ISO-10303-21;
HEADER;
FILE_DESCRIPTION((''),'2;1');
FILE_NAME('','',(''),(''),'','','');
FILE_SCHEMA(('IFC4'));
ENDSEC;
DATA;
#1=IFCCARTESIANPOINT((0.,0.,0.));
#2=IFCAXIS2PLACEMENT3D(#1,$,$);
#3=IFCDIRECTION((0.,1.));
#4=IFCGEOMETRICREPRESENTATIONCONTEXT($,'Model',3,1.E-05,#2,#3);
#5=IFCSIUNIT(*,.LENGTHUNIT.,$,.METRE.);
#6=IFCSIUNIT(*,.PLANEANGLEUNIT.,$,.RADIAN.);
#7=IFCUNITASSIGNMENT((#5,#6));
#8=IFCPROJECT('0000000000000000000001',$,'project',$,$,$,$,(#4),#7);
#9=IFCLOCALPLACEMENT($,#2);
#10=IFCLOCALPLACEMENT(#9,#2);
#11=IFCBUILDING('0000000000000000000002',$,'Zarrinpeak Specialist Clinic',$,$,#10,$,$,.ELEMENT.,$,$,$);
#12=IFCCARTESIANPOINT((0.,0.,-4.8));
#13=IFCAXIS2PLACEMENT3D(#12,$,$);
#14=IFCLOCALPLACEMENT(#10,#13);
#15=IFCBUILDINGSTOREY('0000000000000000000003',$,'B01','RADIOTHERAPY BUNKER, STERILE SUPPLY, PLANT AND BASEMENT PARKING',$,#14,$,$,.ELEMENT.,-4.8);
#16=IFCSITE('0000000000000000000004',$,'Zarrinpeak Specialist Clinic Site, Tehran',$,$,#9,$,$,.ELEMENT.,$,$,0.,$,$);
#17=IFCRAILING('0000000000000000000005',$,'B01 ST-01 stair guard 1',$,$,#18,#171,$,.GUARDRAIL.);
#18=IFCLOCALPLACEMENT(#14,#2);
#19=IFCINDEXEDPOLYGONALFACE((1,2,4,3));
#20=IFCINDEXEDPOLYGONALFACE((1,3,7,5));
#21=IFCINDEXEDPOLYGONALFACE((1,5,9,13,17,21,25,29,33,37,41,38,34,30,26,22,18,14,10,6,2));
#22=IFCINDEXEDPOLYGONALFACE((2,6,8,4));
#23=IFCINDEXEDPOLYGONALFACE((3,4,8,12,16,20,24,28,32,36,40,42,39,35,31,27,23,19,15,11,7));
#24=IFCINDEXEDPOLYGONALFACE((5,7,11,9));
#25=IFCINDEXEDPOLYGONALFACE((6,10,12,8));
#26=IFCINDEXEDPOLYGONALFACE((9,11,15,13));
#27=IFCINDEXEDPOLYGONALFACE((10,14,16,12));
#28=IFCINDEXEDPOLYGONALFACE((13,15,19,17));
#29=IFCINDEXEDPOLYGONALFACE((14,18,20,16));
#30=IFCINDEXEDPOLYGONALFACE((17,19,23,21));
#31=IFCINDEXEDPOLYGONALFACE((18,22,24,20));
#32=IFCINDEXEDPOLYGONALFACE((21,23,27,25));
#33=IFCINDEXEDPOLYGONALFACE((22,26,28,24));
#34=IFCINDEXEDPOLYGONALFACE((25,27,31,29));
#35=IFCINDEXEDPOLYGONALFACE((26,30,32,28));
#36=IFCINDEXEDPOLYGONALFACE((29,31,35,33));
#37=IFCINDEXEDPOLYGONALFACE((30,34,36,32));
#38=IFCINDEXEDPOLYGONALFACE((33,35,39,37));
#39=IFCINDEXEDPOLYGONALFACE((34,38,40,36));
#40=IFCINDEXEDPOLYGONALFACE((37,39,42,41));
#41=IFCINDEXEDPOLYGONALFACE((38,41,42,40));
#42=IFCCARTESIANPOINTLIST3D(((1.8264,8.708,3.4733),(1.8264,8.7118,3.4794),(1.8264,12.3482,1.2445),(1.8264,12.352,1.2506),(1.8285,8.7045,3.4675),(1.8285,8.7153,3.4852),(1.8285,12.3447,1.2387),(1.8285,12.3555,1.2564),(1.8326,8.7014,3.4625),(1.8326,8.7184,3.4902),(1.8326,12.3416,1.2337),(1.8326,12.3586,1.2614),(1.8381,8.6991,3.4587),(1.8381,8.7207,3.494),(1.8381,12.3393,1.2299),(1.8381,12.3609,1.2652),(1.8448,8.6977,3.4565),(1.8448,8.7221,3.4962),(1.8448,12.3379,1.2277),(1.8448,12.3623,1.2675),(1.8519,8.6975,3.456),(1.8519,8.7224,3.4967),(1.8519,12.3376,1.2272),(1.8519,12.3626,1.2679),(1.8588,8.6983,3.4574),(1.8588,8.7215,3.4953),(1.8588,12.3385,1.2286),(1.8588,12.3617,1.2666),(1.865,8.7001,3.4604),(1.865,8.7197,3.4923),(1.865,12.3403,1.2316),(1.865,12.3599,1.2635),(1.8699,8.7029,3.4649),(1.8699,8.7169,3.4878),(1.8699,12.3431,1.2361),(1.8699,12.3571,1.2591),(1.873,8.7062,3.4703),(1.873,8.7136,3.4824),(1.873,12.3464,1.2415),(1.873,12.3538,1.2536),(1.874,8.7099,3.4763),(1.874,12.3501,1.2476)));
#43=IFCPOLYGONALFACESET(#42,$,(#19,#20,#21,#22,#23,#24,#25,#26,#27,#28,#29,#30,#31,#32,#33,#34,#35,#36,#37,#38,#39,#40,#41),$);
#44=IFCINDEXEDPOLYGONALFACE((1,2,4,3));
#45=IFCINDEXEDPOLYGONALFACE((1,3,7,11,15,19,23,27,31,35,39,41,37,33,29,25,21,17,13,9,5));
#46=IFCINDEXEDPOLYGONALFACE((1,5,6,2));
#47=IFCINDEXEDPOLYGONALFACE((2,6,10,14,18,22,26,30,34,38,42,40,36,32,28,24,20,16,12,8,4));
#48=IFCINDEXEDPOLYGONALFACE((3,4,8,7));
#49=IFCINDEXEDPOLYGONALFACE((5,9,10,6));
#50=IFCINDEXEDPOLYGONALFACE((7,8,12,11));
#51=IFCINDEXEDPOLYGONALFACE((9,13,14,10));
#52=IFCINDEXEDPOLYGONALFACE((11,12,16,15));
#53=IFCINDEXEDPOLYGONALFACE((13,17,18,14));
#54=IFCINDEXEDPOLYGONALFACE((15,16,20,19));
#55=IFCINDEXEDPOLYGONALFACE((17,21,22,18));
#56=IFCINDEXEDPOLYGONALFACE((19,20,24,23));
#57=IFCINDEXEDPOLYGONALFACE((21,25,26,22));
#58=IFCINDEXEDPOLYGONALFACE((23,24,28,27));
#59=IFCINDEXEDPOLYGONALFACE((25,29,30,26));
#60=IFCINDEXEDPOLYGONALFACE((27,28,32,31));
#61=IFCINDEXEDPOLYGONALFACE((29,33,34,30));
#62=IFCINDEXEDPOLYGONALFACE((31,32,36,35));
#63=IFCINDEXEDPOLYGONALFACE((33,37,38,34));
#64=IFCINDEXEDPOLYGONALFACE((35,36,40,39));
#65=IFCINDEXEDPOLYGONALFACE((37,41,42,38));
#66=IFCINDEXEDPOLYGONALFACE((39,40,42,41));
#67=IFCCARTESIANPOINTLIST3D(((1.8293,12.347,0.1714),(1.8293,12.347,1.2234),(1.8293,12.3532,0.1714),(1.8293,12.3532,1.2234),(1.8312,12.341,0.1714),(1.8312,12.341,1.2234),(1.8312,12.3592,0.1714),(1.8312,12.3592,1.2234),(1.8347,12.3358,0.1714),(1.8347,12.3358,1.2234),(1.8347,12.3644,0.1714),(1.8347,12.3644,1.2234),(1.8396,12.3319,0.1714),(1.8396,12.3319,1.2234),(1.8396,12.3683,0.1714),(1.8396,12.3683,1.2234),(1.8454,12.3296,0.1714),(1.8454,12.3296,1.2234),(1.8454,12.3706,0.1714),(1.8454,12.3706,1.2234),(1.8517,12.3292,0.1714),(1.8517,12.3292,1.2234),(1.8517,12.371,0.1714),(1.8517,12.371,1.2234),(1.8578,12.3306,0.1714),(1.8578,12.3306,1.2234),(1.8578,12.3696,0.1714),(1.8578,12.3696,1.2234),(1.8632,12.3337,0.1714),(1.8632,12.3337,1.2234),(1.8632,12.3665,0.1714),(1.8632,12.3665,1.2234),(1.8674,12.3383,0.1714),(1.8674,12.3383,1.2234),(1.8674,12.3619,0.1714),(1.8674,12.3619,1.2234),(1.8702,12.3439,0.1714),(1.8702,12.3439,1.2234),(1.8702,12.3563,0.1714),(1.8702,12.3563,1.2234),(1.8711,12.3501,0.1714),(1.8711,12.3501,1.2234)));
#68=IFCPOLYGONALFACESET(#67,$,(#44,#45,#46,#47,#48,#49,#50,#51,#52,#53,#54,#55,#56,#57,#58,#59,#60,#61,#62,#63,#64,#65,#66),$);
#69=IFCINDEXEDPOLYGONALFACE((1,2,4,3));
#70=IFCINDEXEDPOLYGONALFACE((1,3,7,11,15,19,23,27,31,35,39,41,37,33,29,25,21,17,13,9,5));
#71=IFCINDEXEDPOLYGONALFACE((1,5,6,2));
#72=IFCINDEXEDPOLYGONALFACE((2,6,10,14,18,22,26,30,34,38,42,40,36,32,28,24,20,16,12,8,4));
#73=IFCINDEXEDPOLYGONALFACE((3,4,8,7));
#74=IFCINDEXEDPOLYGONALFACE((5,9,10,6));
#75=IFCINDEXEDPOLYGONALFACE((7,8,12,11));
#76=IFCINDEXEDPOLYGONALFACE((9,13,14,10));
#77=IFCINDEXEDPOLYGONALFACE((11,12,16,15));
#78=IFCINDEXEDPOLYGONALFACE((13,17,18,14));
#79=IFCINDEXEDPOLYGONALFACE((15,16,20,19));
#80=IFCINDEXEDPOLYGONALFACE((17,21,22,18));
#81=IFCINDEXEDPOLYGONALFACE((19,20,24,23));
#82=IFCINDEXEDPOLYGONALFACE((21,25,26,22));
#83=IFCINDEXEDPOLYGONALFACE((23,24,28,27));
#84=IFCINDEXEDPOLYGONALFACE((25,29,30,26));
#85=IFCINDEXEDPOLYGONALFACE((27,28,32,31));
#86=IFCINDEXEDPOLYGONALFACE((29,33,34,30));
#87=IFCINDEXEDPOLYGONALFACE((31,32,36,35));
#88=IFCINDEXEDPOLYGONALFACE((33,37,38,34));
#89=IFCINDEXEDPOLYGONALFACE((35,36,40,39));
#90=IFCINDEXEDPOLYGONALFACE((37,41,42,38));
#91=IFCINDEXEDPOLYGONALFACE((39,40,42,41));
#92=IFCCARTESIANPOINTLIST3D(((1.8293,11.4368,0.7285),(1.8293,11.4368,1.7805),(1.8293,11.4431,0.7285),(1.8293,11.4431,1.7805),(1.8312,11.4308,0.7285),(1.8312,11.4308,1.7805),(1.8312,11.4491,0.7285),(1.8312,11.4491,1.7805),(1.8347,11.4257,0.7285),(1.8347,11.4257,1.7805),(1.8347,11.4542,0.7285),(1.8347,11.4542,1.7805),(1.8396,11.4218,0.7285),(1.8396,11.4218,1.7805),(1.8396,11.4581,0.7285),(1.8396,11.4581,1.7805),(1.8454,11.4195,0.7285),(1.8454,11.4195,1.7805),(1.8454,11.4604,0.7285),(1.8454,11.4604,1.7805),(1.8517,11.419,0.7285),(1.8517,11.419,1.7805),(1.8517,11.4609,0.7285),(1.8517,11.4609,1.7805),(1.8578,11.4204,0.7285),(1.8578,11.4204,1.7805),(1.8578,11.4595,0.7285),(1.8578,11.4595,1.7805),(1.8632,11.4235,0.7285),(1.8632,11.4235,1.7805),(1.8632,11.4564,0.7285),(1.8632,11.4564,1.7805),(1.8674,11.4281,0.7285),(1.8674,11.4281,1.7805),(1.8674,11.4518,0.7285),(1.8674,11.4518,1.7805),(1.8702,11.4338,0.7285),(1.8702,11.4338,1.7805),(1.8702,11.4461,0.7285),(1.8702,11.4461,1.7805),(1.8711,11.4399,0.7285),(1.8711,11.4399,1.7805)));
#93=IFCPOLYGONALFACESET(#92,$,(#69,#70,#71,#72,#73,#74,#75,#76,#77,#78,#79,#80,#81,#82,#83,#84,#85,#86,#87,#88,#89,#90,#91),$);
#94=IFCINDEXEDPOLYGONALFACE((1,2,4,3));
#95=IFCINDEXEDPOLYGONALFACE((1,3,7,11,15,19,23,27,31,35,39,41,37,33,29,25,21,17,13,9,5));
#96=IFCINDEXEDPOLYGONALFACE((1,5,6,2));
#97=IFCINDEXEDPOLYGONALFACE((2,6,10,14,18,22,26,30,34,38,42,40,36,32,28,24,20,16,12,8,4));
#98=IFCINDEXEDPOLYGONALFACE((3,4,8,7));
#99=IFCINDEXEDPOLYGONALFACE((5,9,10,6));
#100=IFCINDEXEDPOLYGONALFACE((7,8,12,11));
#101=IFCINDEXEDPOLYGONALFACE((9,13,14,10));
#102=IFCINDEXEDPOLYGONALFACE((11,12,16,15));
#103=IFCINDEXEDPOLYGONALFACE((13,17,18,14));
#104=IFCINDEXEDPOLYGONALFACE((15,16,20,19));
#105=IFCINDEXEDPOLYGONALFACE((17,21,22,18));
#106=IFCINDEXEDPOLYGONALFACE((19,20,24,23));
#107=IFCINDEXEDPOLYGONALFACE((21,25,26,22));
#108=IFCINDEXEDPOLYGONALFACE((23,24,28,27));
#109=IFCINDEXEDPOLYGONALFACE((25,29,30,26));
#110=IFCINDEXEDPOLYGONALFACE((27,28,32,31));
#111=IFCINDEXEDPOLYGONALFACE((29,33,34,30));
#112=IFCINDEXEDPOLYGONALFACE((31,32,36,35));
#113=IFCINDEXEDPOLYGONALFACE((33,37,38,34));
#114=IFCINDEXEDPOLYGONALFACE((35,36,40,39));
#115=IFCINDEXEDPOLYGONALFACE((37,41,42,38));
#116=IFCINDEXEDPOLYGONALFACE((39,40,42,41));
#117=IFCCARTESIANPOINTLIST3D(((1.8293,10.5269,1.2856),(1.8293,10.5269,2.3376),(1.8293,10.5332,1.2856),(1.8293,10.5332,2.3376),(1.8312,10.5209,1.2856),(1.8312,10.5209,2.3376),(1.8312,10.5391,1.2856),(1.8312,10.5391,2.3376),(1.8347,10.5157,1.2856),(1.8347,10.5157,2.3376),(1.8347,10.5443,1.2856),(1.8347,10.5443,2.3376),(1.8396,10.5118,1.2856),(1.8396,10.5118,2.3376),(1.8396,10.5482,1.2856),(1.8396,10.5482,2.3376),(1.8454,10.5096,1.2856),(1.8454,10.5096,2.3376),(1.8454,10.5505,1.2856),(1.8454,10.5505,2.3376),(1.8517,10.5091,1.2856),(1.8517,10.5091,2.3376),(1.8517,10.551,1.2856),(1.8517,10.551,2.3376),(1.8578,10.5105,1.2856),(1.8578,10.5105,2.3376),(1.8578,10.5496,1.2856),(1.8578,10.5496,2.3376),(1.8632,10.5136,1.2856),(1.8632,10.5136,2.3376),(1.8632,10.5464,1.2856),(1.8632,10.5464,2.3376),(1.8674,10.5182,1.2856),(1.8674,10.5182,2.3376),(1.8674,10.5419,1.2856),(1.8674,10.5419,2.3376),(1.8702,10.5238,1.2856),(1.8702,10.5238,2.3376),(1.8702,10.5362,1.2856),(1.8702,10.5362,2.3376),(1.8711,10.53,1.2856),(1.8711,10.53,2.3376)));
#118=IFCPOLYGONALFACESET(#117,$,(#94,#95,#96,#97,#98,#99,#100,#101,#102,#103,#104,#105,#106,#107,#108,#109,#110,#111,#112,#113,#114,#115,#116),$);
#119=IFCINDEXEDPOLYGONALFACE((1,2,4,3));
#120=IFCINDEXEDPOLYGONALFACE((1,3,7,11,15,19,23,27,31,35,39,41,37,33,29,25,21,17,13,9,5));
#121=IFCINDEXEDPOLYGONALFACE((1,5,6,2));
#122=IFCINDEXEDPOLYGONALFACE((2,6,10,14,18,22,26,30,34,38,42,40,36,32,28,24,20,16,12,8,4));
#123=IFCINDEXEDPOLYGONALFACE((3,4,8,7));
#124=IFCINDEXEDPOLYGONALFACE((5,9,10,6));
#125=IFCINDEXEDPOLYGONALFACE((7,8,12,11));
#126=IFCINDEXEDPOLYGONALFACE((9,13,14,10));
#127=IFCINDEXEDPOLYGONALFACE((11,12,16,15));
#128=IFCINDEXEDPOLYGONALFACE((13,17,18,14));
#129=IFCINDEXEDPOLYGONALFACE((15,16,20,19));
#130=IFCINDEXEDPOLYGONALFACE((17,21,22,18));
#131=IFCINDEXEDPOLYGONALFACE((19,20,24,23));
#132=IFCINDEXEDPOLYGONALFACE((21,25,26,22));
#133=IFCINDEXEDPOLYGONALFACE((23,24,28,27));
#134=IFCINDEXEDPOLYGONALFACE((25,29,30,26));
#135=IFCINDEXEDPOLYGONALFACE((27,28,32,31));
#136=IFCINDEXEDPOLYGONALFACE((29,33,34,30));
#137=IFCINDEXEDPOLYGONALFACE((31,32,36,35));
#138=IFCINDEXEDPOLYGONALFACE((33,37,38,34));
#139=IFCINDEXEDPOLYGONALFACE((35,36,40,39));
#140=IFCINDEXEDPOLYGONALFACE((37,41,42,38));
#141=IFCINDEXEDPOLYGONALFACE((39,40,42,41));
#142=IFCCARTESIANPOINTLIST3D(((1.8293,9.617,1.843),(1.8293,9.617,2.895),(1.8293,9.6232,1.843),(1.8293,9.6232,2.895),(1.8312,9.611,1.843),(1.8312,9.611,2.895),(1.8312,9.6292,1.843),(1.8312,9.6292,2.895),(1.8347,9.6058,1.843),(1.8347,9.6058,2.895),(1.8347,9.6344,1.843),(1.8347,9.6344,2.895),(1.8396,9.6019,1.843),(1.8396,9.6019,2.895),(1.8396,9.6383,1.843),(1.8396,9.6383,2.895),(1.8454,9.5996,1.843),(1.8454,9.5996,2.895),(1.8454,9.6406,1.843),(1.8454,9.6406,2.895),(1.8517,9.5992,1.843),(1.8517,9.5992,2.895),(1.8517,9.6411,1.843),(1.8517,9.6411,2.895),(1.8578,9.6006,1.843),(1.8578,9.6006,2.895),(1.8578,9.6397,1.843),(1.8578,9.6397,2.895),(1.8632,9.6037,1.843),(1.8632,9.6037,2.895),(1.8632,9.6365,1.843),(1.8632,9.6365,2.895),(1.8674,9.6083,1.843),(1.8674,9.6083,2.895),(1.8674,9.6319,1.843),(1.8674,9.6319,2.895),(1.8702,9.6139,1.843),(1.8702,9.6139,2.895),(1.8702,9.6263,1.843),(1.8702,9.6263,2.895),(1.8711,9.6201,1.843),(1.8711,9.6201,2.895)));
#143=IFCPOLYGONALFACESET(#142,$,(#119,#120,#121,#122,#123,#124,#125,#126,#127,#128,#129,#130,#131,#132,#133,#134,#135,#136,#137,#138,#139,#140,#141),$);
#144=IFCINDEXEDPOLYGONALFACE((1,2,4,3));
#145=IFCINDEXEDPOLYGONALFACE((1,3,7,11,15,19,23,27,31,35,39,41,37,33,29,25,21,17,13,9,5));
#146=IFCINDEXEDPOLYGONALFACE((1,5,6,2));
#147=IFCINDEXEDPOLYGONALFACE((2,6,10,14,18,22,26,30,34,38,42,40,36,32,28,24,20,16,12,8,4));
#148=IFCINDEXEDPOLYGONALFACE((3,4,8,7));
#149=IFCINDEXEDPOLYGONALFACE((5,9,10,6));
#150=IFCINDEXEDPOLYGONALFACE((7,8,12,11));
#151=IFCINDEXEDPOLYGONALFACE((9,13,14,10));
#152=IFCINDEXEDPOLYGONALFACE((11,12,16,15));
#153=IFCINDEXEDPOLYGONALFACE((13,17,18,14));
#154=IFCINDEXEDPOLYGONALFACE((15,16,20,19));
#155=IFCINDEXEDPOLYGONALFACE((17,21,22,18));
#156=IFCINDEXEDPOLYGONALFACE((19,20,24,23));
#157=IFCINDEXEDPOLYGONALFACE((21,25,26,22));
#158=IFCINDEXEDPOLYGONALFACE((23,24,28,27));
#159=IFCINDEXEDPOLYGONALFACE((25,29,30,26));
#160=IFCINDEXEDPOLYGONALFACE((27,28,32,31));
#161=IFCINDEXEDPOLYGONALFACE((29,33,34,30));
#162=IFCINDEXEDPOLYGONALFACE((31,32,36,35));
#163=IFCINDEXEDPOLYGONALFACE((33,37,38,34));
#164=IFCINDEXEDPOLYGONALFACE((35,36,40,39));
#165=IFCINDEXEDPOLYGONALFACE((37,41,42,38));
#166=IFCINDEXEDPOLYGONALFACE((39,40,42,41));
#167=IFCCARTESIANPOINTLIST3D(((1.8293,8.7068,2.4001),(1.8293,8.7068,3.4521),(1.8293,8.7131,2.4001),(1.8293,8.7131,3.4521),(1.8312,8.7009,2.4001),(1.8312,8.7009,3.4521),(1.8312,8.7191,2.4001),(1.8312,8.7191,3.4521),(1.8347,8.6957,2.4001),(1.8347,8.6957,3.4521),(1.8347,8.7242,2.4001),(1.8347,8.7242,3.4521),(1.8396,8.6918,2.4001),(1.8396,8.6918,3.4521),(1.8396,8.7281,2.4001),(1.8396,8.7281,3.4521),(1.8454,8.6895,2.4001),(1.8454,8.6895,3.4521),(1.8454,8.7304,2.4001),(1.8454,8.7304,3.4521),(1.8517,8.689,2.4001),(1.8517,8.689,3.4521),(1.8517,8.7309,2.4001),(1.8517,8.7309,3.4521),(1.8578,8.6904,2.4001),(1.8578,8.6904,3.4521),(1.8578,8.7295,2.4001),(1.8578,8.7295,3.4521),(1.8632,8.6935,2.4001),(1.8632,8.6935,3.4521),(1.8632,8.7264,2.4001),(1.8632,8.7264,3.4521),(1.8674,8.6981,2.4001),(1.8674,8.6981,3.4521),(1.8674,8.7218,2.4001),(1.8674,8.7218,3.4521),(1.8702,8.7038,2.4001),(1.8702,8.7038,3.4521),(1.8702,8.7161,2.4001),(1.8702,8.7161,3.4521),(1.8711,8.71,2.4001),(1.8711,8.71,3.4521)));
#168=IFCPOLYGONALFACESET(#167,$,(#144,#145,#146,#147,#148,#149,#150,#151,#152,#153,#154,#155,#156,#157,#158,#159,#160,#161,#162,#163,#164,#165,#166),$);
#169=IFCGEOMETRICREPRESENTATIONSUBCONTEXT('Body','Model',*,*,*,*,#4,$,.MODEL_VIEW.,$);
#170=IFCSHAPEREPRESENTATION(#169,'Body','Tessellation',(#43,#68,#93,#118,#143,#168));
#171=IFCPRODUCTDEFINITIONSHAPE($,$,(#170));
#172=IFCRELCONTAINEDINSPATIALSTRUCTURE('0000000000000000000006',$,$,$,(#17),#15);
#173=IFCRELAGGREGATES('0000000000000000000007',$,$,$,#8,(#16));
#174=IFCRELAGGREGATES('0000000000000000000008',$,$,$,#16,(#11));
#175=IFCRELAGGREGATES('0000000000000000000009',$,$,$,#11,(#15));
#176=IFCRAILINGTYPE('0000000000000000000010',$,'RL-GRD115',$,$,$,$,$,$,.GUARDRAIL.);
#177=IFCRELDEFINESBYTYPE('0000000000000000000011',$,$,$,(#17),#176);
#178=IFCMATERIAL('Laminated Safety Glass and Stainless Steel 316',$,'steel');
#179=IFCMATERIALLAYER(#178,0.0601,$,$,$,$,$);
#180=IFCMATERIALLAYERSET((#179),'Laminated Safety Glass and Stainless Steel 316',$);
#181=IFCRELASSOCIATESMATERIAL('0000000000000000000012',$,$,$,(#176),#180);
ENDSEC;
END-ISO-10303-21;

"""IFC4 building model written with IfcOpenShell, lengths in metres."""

from ifc_helpers import new_model, si_unit, direction, frame, origin, origin_2d, place, context, subcontext, project, spatial, circle, extrude, material, layer, layer_set, type_object, element, save


model = new_model("IFC4")

# Units and contexts
model_context = context("Model", 3, precision=1e-05, world=origin(), true_north=direction((0.0, 1.0)))
body_context = subcontext(model_context, "Body", "Model", "MODEL_VIEW")
ifc_project = project(units=[si_unit("LENGTHUNIT", "METRE"), si_unit("PLANEANGLEUNIT", "RADIAN")], contexts=[model_context])

# Site, building, storey
site_placement = place(None, origin())
site = spatial("IfcSite", under=ifc_project, at=site_placement, Name="Zarrinpeak Specialist Clinic Site, Tehran", CompositionType="ELEMENT", RefElevation=0.0)
building_placement = place(site_placement, origin())
building = spatial("IfcBuilding", under=site, at=building_placement, Name="Zarrinpeak Specialist Clinic", CompositionType="ELEMENT")
storey_placement = place(building_placement, frame((0.0, 0.0, -4.8)))
storey = spatial("IfcBuildingStorey", under=building, at=storey_placement, Name="B01", Description="RADIOTHERAPY BUNKER, STERILE SUPPLY, PLANT AND BASEMENT PARKING", CompositionType="ELEMENT", Elevation=-4.8)

# Railing
ifc_material_1 = material(Name="Laminated Safety Glass and Stainless Steel 316", Category="steel")
ifc_layer_1 = layer(ifc_material_1, 0.0601)
ifc_layer_set_1 = layer_set([ifc_layer_1], Name="Laminated Safety Glass and Stainless Steel 316")
railing_type_1 = type_object("IfcRailingType", Name="RL-GRD115", PredefinedType="GUARDRAIL", material=ifc_layer_set_1)
railing_1_placement = place(storey_placement, frame((1.8501, 12.3501, 0.1714)))
element("IfcRailing", 1, at=railing_1_placement, inside=storey, type_object=railing_type_1, Name="B01 ST-01 stair guard 1", PredefinedType="GUARDRAIL", context=body_context, shape_type="SweptSolid", body=[
    extrude(circle(Radius=0.0239, at=origin_2d()), frame((0.0, 0.0, 1.0762), z_axis=(0.0, -0.85284, 0.522172), x_axis=(1.0, 0.0, 0.0)), (0.0, 0.0, 1.0), 4.2683),
    extrude(circle(Radius=0.021, at=origin_2d()), origin(), (0.0, 0.0, 1.0), 1.052),
    extrude(circle(Radius=0.021, at=origin_2d()), frame((0.0, -0.9102, 0.5571)), (0.0, 0.0, 1.0), 1.052),
    extrude(circle(Radius=0.021, at=origin_2d()), frame((0.0, -1.8201, 1.1143)), (0.0, 0.0, 1.0), 1.052),
    extrude(circle(Radius=0.021, at=origin_2d()), frame((0.0, -2.73, 1.6716)), (0.0, 0.0, 1.0), 1.052),
    extrude(circle(Radius=0.021, at=origin_2d()), frame((0.0, -3.6401, 2.2288)), (0.0, 0.0, 1.0), 1.052),
])

save(model, "model.ifc")
